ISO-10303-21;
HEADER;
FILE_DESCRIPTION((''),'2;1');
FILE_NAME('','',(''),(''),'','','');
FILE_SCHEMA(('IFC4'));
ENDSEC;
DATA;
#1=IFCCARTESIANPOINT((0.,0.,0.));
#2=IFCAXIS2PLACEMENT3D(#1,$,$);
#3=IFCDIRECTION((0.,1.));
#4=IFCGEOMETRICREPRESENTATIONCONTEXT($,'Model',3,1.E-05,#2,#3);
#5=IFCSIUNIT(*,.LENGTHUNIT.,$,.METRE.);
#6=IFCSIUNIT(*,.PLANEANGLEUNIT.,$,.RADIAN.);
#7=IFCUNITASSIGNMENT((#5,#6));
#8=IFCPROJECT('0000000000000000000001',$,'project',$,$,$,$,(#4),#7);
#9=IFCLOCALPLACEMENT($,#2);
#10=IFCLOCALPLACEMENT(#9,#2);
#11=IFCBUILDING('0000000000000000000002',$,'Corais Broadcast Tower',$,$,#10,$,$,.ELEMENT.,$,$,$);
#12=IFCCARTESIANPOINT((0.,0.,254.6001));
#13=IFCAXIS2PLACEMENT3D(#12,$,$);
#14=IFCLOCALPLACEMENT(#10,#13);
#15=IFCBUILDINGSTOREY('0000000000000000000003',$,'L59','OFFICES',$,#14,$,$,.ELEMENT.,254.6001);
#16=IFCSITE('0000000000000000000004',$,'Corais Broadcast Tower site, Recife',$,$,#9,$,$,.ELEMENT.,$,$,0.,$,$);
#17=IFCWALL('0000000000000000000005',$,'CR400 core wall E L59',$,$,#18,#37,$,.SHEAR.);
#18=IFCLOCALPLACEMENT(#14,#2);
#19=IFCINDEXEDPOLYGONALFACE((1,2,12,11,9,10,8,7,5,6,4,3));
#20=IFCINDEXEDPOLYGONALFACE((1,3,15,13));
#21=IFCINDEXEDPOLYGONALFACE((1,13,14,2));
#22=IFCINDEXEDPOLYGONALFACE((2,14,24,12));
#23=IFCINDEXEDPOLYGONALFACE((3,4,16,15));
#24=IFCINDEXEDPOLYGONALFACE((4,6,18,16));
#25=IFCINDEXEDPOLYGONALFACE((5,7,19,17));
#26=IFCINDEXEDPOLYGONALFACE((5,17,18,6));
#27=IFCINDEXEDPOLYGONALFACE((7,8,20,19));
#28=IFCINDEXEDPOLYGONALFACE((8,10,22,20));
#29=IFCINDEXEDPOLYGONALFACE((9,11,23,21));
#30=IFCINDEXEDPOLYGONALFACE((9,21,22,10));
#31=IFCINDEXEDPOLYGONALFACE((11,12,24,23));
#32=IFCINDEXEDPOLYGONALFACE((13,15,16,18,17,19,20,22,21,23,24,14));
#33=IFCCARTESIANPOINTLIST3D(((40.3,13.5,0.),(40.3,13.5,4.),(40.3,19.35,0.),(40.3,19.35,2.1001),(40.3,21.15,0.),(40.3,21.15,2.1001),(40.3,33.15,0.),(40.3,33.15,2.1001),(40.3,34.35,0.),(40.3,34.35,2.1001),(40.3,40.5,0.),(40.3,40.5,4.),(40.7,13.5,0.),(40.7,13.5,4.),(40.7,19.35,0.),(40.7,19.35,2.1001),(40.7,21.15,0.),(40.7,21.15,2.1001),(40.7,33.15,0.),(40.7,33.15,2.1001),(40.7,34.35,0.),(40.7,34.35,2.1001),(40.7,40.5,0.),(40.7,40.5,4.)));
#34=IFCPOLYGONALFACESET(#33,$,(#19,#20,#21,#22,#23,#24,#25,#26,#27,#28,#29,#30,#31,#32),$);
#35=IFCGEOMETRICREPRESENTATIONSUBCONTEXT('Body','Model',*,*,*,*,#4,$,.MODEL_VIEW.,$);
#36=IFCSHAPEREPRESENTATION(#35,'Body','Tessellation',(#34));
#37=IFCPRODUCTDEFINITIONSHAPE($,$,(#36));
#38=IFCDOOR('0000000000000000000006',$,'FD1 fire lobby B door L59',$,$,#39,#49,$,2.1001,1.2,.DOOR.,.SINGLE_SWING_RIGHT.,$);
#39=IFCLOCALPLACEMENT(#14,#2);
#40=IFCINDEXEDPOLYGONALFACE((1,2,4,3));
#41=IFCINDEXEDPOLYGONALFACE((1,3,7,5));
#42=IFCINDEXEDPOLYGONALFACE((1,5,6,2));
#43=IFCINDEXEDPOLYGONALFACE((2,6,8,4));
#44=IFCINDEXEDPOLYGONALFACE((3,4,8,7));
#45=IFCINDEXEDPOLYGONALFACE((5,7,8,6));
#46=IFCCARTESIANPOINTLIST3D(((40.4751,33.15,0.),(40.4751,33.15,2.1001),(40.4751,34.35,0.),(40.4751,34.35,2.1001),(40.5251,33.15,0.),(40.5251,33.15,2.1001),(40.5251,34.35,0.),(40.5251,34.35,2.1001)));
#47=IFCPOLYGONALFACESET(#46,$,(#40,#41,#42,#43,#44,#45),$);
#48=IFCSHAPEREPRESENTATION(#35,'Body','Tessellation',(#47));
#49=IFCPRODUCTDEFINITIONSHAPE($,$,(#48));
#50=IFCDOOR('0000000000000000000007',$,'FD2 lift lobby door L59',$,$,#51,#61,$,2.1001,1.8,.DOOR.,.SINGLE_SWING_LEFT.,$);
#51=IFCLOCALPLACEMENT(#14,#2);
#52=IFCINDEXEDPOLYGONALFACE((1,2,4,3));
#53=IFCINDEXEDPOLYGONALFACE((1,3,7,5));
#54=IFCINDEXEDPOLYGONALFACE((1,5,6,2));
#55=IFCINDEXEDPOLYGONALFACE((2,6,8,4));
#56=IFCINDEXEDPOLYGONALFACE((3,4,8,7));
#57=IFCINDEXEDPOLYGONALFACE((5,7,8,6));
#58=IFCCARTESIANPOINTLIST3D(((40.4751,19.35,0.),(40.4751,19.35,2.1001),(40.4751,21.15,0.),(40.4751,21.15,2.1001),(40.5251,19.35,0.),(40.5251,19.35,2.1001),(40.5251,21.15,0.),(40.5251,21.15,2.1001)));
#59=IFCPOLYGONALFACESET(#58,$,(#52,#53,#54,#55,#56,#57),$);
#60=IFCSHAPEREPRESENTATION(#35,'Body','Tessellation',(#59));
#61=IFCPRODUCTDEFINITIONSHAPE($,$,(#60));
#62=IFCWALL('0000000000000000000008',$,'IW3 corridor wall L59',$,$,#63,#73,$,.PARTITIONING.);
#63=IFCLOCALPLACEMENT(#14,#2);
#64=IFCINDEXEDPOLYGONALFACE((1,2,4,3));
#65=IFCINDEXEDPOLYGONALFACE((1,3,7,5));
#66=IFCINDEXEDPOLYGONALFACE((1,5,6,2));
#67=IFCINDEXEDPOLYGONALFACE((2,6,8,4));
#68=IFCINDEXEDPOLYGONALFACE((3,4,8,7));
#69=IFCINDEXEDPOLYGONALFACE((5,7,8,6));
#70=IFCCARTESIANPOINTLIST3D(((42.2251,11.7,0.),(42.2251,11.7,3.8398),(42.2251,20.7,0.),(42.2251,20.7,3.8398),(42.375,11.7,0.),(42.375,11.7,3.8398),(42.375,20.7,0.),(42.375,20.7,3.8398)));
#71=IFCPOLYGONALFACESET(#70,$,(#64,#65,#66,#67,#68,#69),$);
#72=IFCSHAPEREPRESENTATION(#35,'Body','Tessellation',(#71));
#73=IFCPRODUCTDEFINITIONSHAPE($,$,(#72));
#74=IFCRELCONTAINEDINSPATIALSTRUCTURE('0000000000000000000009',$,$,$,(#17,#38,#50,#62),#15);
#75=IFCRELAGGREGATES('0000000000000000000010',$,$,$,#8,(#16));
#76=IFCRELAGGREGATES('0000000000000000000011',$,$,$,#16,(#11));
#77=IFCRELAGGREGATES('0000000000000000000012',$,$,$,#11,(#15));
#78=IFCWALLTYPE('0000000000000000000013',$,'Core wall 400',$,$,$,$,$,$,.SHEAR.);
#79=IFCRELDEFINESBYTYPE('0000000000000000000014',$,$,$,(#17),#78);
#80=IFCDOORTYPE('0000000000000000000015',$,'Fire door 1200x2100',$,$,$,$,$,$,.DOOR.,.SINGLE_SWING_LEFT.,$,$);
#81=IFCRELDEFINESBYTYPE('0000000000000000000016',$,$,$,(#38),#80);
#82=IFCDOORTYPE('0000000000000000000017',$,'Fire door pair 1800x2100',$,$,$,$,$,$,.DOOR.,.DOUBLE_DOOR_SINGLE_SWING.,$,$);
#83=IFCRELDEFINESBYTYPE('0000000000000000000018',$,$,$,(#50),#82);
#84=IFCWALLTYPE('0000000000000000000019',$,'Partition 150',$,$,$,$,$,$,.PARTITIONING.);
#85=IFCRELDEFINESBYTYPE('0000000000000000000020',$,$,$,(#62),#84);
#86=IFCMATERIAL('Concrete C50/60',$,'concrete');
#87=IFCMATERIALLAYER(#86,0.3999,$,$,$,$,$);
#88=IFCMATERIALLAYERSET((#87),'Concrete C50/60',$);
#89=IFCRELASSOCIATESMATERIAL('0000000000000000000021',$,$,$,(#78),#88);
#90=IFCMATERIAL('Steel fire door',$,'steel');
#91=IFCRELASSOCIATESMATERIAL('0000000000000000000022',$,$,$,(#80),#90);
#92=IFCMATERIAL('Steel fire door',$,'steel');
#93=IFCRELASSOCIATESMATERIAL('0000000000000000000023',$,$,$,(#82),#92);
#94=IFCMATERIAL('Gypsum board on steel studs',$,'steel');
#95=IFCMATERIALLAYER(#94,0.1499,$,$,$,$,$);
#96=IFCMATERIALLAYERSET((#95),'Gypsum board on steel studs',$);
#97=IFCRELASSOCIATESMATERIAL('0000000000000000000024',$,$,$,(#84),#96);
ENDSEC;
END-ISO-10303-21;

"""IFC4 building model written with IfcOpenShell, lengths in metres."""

from ifc_helpers import new_model, si_unit, direction, frame, frame_2d, origin, place, context, subcontext, project, spatial, rectangle, extrude, material, layer, layer_set, type_object, element, fill, save


model = new_model("IFC4")

# Units and contexts
model_context = context("Model", 3, precision=1e-05, world=origin(), true_north=direction((0.0, 1.0)))
body_context = subcontext(model_context, "Body", "Model", "MODEL_VIEW")
ifc_project = project(units=[si_unit("LENGTHUNIT", "METRE"), si_unit("PLANEANGLEUNIT", "RADIAN")], contexts=[model_context])

# Site, building, storey
site_placement = place(None, origin())
site = spatial("IfcSite", under=ifc_project, at=site_placement, Name="Corais Broadcast Tower site, Recife", CompositionType="ELEMENT", RefElevation=0.0)
building_placement = place(site_placement, origin())
building = spatial("IfcBuilding", under=site, at=building_placement, Name="Corais Broadcast Tower", CompositionType="ELEMENT")
storey_placement = place(building_placement, frame((0.0, 0.0, 254.6001)))
storey = spatial("IfcBuildingStorey", under=building, at=storey_placement, Name="L59", Description="OFFICES", CompositionType="ELEMENT", Elevation=254.6001)

# Wall, openings, doors
ifc_material_1 = material(Name="Concrete C50/60", Category="concrete")
ifc_layer_1 = layer(ifc_material_1, 0.3999)
ifc_layer_set_1 = layer_set([ifc_layer_1], Name="Concrete C50/60")
wall_type_1 = type_object("IfcWallType", Name="Core wall 400", PredefinedType="SHEAR", material=ifc_layer_set_1)
wall_1_placement = place(storey_placement, frame((40.5, 13.5, 0.0), z_axis=(0.0, 0.0, 1.0), x_axis=(0.0, 1.0, 0.0)))
wall_1 = element("IfcWall", 1, at=wall_1_placement, inside=storey, type_object=wall_type_1, Name="CR400 core wall E L59", PredefinedType="SHEAR", context=body_context, shape_type="SweptSolid", body=[
    extrude(rectangle(XDim=27.0, YDim=0.3999, at=frame_2d((13.5, 0.0))), origin(), (0.0, 0.0, 1.0), 4.0),
])
opening_1_placement = place(wall_1_placement, frame((5.8501, 0.0, 0.0)))
opening_1 = element("IfcOpeningElement", 2, at=opening_1_placement, cuts=wall_1, PredefinedType="OPENING", context=body_context, shape_type="SweptSolid", body=[
    extrude(rectangle(XDim=1.8, YDim=2.1001, at=frame_2d((0.8999, 1.05))), frame((0.0, 0.21, 0.0), z_axis=(0.0, -1.0, 0.0), x_axis=(1.0, 0.0, 0.0)), (0.0, 0.0, 1.0), 0.4199),
])
opening_2_placement = place(wall_1_placement, frame((19.6499, 0.0, 0.0)))
opening_2 = element("IfcOpeningElement", 3, at=opening_2_placement, cuts=wall_1, PredefinedType="OPENING", context=body_context, shape_type="SweptSolid", body=[
    extrude(rectangle(XDim=1.2, YDim=2.1001, at=frame_2d((0.6001, 1.05))), frame((0.0, 0.21, 0.0), z_axis=(0.0, -1.0, 0.0), x_axis=(1.0, 0.0, 0.0)), (0.0, 0.0, 1.0), 0.4199),
])
ifc_material_2 = material(Name="Steel fire door", Category="steel")
door_type_1 = type_object("IfcDoorType", Name="Fire door 1200x2100", OperationType="SINGLE_SWING_LEFT", PredefinedType="DOOR", material=ifc_material_2)
door_1_placement = place(opening_2_placement, origin())
door_1 = element("IfcDoor", 4, at=door_1_placement, inside=storey, type_object=door_type_1, Name="FD1 fire lobby B door L59", OperationType="SINGLE_SWING_RIGHT", OverallHeight=2.1001, OverallWidth=1.2, PredefinedType="DOOR", context=body_context, shape_type="SweptSolid", body=[
    extrude(rectangle(XDim=1.2, YDim=2.1001, at=frame_2d((0.6001, 1.05))), frame((0.0, 0.0249, 0.0), z_axis=(0.0, -1.0, 0.0), x_axis=(1.0, 0.0, 0.0)), (0.0, 0.0, 1.0), 0.05),
])
fill(opening_2, door_1)
ifc_material_3 = material(Name="Steel fire door", Category="steel")
door_type_2 = type_object("IfcDoorType", Name="Fire door pair 1800x2100", OperationType="DOUBLE_DOOR_SINGLE_SWING", PredefinedType="DOOR", material=ifc_material_3)
door_2_placement = place(opening_1_placement, origin())
door_2 = element("IfcDoor", 5, at=door_2_placement, inside=storey, type_object=door_type_2, Name="FD2 lift lobby door L59", OperationType="SINGLE_SWING_LEFT", OverallHeight=2.1001, OverallWidth=1.8, PredefinedType="DOOR", context=body_context, shape_type="SweptSolid", body=[
    extrude(rectangle(XDim=1.8, YDim=2.1001, at=frame_2d((0.8999, 1.05))), frame((0.0, 0.0249, 0.0), z_axis=(0.0, -1.0, 0.0), x_axis=(1.0, 0.0, 0.0)), (0.0, 0.0, 1.0), 0.05),
])
fill(opening_1, door_2)

# Wall
ifc_material_4 = material(Name="Gypsum board on steel studs", Category="steel")
ifc_layer_2 = layer(ifc_material_4, 0.1499)
ifc_layer_set_2 = layer_set([ifc_layer_2], Name="Gypsum board on steel studs")
wall_type_2 = type_object("IfcWallType", Name="Partition 150", PredefinedType="PARTITIONING", material=ifc_layer_set_2)
wall_2_placement = place(storey_placement, frame((42.3, 11.7, 0.0), z_axis=(0.0, 0.0, 1.0), x_axis=(0.0, 1.0, 0.0)))
element("IfcWall", 6, at=wall_2_placement, inside=storey, type_object=wall_type_2, Name="IW3 corridor wall L59", PredefinedType="PARTITIONING", context=body_context, shape_type="SweptSolid", body=[
    extrude(rectangle(XDim=9.0, YDim=0.1499, at=frame_2d((4.5, 0.0))), origin(), (0.0, 0.0, 1.0), 3.8398),
])

save(model, "model.ifc")
